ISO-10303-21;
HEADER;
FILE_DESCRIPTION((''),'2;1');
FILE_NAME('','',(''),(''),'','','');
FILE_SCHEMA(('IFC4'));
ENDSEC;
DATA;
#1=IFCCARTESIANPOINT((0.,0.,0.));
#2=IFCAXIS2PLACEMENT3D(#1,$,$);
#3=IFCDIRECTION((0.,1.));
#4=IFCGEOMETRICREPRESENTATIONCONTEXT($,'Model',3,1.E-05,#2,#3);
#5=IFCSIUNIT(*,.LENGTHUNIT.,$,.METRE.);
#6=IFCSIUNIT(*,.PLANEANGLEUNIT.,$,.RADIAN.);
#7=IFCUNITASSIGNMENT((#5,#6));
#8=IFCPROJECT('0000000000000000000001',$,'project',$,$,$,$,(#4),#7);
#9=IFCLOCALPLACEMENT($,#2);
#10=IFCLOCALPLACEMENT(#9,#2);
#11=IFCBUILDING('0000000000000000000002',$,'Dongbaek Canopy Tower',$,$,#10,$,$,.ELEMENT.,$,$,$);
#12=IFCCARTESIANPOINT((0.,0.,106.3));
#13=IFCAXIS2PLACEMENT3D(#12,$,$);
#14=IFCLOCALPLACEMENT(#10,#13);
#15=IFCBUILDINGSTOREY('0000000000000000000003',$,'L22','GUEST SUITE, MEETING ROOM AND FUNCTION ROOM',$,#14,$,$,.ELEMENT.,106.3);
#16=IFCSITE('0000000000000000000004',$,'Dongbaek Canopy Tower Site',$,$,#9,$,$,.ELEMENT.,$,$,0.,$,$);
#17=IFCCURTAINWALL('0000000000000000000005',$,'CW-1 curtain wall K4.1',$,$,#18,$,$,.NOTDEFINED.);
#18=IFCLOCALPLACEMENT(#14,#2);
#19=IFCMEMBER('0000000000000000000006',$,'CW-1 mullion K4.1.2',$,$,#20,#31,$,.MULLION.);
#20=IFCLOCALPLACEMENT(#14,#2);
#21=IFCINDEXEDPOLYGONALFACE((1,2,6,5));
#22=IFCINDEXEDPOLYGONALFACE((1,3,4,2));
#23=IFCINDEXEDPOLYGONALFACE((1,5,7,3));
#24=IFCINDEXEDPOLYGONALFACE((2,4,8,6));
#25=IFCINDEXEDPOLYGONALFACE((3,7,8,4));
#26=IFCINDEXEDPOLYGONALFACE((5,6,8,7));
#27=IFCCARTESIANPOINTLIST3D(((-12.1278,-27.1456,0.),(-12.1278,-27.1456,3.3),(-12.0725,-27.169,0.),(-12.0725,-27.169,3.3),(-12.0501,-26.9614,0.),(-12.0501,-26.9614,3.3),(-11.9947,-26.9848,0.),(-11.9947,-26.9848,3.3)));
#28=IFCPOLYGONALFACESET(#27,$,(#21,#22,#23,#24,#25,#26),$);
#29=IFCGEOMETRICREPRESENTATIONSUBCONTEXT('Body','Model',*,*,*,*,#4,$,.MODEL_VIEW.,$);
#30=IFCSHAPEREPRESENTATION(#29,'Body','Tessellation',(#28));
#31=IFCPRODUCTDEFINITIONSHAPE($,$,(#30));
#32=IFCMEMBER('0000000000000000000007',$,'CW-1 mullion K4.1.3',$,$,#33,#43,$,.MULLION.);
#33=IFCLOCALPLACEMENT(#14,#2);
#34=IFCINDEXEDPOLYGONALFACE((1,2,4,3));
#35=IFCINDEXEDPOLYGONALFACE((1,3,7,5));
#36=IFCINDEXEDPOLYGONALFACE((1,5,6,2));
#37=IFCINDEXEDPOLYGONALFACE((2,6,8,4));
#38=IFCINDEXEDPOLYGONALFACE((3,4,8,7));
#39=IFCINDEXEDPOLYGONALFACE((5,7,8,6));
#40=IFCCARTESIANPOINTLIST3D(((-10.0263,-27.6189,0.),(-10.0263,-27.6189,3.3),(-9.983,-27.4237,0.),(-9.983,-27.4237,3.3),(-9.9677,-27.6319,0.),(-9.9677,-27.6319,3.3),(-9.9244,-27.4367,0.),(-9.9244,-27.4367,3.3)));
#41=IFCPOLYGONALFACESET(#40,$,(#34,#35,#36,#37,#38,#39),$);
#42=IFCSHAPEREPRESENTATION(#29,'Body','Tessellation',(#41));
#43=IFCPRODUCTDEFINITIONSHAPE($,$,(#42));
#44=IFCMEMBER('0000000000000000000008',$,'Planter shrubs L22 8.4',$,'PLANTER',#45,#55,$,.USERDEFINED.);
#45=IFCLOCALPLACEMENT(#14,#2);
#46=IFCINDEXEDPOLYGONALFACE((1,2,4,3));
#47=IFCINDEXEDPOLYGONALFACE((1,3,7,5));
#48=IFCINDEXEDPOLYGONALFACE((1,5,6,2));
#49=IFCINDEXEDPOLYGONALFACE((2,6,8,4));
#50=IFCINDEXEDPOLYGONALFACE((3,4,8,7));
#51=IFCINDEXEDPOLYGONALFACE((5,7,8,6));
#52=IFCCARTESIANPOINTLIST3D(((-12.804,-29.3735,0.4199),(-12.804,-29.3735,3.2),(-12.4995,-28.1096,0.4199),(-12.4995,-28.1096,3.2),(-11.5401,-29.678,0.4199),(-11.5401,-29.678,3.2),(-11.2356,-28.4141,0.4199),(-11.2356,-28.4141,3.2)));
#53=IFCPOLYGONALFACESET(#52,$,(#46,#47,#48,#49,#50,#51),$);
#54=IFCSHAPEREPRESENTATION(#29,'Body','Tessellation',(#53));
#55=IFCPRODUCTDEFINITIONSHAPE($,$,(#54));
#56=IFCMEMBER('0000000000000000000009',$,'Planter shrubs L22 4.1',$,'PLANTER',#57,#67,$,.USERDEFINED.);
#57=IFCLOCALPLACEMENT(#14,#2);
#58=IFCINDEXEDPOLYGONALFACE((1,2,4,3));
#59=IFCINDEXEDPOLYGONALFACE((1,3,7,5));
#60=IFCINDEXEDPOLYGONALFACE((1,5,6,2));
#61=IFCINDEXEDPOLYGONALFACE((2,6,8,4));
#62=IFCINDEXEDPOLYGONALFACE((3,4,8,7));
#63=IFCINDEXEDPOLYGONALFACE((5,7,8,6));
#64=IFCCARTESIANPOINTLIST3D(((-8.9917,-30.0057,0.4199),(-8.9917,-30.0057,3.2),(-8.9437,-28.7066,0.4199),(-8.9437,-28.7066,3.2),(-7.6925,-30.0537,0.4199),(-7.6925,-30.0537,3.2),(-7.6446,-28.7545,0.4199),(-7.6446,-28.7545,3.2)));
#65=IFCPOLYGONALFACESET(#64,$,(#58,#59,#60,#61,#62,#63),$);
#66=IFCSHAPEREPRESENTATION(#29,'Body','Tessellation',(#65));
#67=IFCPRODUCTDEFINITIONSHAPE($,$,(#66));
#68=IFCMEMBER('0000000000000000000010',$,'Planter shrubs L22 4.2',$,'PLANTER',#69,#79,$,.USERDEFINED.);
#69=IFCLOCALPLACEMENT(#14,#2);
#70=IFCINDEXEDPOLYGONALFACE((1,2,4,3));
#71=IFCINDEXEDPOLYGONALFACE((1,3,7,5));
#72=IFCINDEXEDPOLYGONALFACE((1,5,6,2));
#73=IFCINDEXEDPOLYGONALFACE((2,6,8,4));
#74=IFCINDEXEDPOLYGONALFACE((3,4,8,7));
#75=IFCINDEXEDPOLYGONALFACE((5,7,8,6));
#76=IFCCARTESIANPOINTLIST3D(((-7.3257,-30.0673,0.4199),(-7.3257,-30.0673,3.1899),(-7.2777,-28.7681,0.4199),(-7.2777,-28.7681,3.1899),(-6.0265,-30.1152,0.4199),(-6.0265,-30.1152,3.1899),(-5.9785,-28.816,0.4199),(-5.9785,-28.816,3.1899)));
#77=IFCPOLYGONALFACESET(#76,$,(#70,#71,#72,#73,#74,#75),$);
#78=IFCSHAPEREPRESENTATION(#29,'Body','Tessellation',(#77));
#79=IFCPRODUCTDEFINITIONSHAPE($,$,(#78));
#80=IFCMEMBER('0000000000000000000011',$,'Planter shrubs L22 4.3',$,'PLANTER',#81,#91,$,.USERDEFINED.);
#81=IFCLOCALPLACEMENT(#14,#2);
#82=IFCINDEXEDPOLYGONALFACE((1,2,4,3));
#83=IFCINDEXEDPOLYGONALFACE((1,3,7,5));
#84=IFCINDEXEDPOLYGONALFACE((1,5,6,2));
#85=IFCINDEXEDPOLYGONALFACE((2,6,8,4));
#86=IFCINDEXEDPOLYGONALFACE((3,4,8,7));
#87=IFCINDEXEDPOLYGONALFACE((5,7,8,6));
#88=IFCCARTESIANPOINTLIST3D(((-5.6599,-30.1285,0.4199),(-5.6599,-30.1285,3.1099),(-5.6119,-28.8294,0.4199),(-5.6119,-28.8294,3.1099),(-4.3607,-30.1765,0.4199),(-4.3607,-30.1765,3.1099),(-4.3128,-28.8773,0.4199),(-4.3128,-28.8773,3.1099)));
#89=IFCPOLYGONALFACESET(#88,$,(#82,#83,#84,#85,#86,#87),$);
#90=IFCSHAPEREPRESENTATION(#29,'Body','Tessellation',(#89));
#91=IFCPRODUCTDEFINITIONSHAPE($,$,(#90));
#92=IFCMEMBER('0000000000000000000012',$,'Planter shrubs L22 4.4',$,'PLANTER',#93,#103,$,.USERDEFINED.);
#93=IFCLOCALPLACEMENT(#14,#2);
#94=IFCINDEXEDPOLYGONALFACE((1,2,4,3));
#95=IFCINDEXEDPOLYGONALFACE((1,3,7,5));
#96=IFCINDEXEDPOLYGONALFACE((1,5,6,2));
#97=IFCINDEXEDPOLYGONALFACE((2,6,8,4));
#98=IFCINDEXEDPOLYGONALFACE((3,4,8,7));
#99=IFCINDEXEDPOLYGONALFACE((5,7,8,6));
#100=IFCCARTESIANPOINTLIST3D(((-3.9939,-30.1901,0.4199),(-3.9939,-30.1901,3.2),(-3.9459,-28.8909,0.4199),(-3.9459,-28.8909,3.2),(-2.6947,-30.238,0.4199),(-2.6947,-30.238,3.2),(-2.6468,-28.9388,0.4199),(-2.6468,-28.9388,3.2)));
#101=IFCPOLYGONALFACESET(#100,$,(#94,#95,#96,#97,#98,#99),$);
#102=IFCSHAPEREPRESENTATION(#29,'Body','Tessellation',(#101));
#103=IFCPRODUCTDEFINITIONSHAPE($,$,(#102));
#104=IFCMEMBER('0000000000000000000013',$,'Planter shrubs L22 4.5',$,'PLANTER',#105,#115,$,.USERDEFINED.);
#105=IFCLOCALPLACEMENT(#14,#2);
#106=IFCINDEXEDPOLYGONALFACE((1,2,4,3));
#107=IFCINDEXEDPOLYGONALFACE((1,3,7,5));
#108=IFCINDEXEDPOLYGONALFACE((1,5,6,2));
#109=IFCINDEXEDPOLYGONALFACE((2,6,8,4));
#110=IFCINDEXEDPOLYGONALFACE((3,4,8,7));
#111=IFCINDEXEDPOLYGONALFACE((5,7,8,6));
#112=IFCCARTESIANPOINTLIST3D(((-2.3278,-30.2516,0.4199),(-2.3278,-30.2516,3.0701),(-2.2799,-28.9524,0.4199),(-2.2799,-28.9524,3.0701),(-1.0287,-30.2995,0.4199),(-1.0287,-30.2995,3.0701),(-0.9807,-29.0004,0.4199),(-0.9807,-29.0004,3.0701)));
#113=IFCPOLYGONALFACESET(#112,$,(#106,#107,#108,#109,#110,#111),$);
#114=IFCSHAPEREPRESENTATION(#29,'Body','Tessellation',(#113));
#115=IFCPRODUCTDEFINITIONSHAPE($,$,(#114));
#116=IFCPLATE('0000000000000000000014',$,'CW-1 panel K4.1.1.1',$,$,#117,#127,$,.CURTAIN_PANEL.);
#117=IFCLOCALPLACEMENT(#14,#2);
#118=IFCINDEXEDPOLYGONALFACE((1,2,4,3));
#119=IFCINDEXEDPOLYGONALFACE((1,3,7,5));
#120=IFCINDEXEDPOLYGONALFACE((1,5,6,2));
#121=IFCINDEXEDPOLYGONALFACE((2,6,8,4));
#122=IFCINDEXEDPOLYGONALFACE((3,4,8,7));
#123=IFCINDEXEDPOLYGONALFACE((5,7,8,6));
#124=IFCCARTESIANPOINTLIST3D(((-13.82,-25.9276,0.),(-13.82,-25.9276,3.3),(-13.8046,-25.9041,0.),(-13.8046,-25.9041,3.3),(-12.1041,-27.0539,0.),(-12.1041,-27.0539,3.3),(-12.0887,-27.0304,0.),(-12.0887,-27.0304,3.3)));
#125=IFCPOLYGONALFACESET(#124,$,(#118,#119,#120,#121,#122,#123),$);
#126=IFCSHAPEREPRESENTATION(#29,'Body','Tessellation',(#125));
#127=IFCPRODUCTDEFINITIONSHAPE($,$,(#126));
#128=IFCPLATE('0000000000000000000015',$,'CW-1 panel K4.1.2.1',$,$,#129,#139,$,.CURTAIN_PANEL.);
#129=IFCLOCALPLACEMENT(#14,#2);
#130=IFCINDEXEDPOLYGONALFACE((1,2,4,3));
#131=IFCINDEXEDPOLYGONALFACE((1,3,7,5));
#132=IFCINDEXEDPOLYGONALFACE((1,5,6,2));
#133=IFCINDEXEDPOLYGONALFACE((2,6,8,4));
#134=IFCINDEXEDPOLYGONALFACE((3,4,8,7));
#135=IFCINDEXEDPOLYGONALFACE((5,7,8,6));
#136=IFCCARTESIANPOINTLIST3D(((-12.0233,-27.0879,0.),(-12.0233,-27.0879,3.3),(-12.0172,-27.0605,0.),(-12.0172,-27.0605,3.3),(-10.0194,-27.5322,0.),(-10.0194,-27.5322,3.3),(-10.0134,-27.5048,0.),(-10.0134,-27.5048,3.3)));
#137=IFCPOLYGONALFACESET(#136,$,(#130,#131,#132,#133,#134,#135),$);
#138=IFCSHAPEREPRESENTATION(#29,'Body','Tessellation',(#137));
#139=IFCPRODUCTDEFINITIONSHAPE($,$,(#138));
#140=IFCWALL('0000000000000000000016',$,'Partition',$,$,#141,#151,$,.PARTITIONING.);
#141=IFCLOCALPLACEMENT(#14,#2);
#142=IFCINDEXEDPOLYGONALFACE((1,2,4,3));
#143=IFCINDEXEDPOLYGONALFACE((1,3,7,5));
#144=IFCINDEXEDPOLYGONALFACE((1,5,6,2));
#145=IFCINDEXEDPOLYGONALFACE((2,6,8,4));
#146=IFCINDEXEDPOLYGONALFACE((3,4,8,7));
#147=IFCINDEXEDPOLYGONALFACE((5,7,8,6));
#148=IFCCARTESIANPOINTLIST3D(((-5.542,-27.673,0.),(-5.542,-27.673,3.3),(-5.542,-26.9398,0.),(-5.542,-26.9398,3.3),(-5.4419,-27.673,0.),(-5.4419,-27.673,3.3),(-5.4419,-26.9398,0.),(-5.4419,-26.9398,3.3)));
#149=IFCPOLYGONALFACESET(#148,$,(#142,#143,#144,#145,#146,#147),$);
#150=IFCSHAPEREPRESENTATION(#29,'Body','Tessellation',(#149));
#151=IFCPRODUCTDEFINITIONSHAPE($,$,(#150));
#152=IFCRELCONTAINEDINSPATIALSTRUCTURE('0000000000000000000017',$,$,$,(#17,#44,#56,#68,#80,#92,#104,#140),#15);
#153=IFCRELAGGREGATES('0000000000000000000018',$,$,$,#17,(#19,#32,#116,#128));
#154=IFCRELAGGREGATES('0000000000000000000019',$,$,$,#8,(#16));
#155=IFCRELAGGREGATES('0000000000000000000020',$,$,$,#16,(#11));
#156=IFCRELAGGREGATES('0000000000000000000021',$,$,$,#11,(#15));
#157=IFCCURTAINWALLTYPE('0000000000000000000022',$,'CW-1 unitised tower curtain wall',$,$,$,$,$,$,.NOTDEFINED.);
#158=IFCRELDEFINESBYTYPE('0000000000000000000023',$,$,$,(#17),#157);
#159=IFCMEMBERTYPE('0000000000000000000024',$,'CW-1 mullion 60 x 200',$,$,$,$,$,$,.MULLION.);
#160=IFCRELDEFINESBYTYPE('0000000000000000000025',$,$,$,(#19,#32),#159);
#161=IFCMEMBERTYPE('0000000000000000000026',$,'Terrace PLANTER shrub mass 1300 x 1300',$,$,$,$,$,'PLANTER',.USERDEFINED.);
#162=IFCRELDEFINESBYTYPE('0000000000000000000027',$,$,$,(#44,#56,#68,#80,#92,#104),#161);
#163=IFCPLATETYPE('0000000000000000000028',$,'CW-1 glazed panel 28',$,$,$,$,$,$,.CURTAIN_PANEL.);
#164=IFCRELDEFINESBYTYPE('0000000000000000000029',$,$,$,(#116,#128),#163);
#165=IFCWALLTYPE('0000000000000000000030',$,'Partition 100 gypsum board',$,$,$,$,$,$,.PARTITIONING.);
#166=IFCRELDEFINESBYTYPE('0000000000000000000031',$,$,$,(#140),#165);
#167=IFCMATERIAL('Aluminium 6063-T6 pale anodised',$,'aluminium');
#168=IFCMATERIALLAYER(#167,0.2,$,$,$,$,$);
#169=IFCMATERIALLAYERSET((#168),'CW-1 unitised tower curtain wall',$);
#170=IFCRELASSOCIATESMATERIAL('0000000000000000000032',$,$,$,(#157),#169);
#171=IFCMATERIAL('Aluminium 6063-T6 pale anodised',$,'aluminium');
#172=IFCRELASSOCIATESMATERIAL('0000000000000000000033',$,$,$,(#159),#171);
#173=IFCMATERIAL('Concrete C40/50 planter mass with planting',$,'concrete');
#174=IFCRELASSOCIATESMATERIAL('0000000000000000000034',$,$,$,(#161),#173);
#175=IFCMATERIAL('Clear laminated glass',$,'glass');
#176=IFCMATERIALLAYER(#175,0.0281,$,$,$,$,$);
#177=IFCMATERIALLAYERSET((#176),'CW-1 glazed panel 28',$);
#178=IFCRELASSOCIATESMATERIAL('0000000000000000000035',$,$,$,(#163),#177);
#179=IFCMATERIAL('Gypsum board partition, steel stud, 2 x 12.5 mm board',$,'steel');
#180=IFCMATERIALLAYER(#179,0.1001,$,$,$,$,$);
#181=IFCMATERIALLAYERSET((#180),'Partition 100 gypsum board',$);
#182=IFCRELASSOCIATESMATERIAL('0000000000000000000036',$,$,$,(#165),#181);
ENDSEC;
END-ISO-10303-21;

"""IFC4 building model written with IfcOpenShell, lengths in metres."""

from ifc_helpers import new_model, si_unit, direction, frame, frame_2d, origin, origin_2d, place, context, subcontext, project, spatial, rectangle, extrude, material, layer, layer_set, material_profile, profile_set, type_object, element, aggregate, save


model = new_model("IFC4")

# Units and contexts
model_context = context("Model", 3, precision=1e-05, world=origin(), true_north=direction((0.0, 1.0)))
body_context = subcontext(model_context, "Body", "Model", "MODEL_VIEW")
ifc_project = project(units=[si_unit("LENGTHUNIT", "METRE"), si_unit("PLANEANGLEUNIT", "RADIAN")], contexts=[model_context])

# Site, building, storey
site_placement = place(None, origin())
site = spatial("IfcSite", under=ifc_project, at=site_placement, Name="Dongbaek Canopy Tower Site", CompositionType="ELEMENT", RefElevation=0.0)
building_placement = place(site_placement, origin())
building = spatial("IfcBuilding", under=site, at=building_placement, Name="Dongbaek Canopy Tower", CompositionType="ELEMENT")
storey_placement = place(building_placement, frame((0.0, 0.0, 106.3)))
storey = spatial("IfcBuildingStorey", under=building, at=storey_placement, Name="L22", Description="GUEST SUITE, MEETING ROOM AND FUNCTION ROOM", CompositionType="ELEMENT", Elevation=106.3)

# Curtain wall, members
ifc_material_1 = material(Name="Aluminium 6063-T6 pale anodised", Category="aluminium")
ifc_layer_1 = layer(ifc_material_1, 0.2)
ifc_layer_set_1 = layer_set([ifc_layer_1], Name="CW-1 unitised tower curtain wall")
curtain_wall_type = type_object("IfcCurtainWallType", Name="CW-1 unitised tower curtain wall", PredefinedType="NOTDEFINED", material=ifc_layer_set_1)
curtain_wall_placement = place(storey_placement, origin())
curtain_wall = element("IfcCurtainWall", 1, at=curtain_wall_placement, inside=storey, type_object=curtain_wall_type, Name="CW-1 curtain wall K4.1", PredefinedType="NOTDEFINED")
ifc_material_2 = material(Name="Aluminium 6063-T6 pale anodised", Category="aluminium")
ifc_material_profile_1 = material_profile(ifc_material_2, rectangle(XDim=0.2, YDim=0.0601, at=origin_2d()), Name="CW-1 mullion 60 x 200")
ifc_profile_set_1 = profile_set([ifc_material_profile_1], Name="Aluminium 6063-T6 pale anodised")
member_type_1 = type_object("IfcMemberType", Name="CW-1 mullion 60 x 200", PredefinedType="MULLION", material=ifc_profile_set_1)
member_1_placement = place(storey_placement, frame((-12.0613, -27.0652, 0.0), z_axis=(0.0, 0.0, 1.0), x_axis=(-0.388975, -0.921248, 0.0)))
member_1 = element("IfcMember", 2, at=member_1_placement, type_object=member_type_1, Name="CW-1 mullion K4.1.2", PredefinedType="MULLION", context=body_context, shape_type="SweptSolid", body=[
    extrude(rectangle(XDim=0.2, YDim=0.0601, at=origin_2d()), origin(), (0.0, 0.0, 1.0), 3.3),
])
member_2_placement = place(storey_placement, frame((-9.9753, -27.5278, 0.0), z_axis=(0.0, 0.0, 1.0), x_axis=(-0.216472, -0.976289, 0.0)))
member_2 = element("IfcMember", 3, at=member_2_placement, type_object=member_type_1, Name="CW-1 mullion K4.1.3", PredefinedType="MULLION", context=body_context, shape_type="SweptSolid", body=[
    extrude(rectangle(XDim=0.2, YDim=0.0601, at=origin_2d()), origin(), (0.0, 0.0, 1.0), 3.3),
])

# Members
ifc_material_3 = material(Name="Concrete C40/50 planter mass with planting", Category="concrete")
ifc_material_profile_2 = material_profile(ifc_material_3, rectangle(XDim=1.3, YDim=1.3, at=origin_2d()), Name="Terrace PLANTER shrub mass 1300 x 1300")
ifc_profile_set_2 = profile_set([ifc_material_profile_2], Name="Concrete C40/50 planter mass with planting")
member_type_2 = type_object("IfcMemberType", Name="Terrace PLANTER shrub mass 1300 x 1300", ElementType="PLANTER", PredefinedType="USERDEFINED", material=ifc_profile_set_2)
for number, where, z_axis, x_axis, name in (
    (4, (-12.0198, -28.8938, 0.4199), (0.0, 0.0, 1.0), (-0.234243, -0.972178, 0.0), "Planter shrubs L22 8.4"),
    (5, (-8.3181, -29.3801, 0.4199), (0.0, 0.0, 1.0), (-0.036873, -0.99932, 0.0), "Planter shrubs L22 4.1"),
):
    element("IfcMember", number, at=place(storey_placement, frame(where, z_axis=z_axis, x_axis=x_axis)), inside=storey, type_object=member_type_2, Name=name, ObjectType="PLANTER", PredefinedType="USERDEFINED", context=body_context, shape_type="SweptSolid", body=[
        extrude(rectangle(XDim=1.3, YDim=1.3, at=origin_2d()), origin(), (0.0, 0.0, 1.0), 2.78),
    ])
member_3_placement = place(storey_placement, frame((-6.6521, -29.4417, 0.4199), z_axis=(0.0, 0.0, 1.0), x_axis=(-0.036873, -0.99932, 0.0)))
element("IfcMember", 6, at=member_3_placement, inside=storey, type_object=member_type_2, Name="Planter shrubs L22 4.2", ObjectType="PLANTER", PredefinedType="USERDEFINED", context=body_context, shape_type="SweptSolid", body=[
    extrude(rectangle(XDim=1.3, YDim=1.3, at=origin_2d()), origin(), (0.0, 0.0, 1.0), 2.77),
])
member_4_placement = place(storey_placement, frame((-4.9863, -29.5029, 0.4199), z_axis=(0.0, 0.0, 1.0), x_axis=(-0.036873, -0.99932, 0.0)))
element("IfcMember", 7, at=member_4_placement, inside=storey, type_object=member_type_2, Name="Planter shrubs L22 4.3", ObjectType="PLANTER", PredefinedType="USERDEFINED", context=body_context, shape_type="SweptSolid", body=[
    extrude(rectangle(XDim=1.3, YDim=1.3, at=origin_2d()), origin(), (0.0, 0.0, 1.0), 2.6899),
])
member_5_placement = place(storey_placement, frame((-3.3203, -29.5645, 0.4199), z_axis=(0.0, 0.0, 1.0), x_axis=(-0.036873, -0.99932, 0.0)))
element("IfcMember", 8, at=member_5_placement, inside=storey, type_object=member_type_2, Name="Planter shrubs L22 4.4", ObjectType="PLANTER", PredefinedType="USERDEFINED", context=body_context, shape_type="SweptSolid", body=[
    extrude(rectangle(XDim=1.3, YDim=1.3, at=origin_2d()), origin(), (0.0, 0.0, 1.0), 2.78),
])
member_6_placement = place(storey_placement, frame((-1.6543, -29.626, 0.4199), z_axis=(0.0, 0.0, 1.0), x_axis=(-0.036873, -0.99932, 0.0)))
element("IfcMember", 9, at=member_6_placement, inside=storey, type_object=member_type_2, Name="Planter shrubs L22 4.5", ObjectType="PLANTER", PredefinedType="USERDEFINED", context=body_context, shape_type="SweptSolid", body=[
    extrude(rectangle(XDim=1.3, YDim=1.3, at=origin_2d()), origin(), (0.0, 0.0, 1.0), 2.6501),
])

# Plates
ifc_material_4 = material(Name="Clear laminated glass", Category="glass")
ifc_layer_2 = layer(ifc_material_4, 0.0281)
ifc_layer_set_2 = layer_set([ifc_layer_2], Name="CW-1 glazed panel 28")
plate_type = type_object("IfcPlateType", Name="CW-1 glazed panel 28", PredefinedType="CURTAIN_PANEL", material=ifc_layer_set_2)
plate_1_placement = place(storey_placement, frame((-12.9543, -26.479, 0.0), z_axis=(0.0, 0.0, 1.0), x_axis=(0.836004, -0.548724, 0.0)))
plate_1 = element("IfcPlate", 10, at=plate_1_placement, type_object=plate_type, Name="CW-1 panel K4.1.1.1", PredefinedType="CURTAIN_PANEL", context=body_context, shape_type="SweptSolid", body=[
    extrude(rectangle(XDim=2.0525, YDim=0.0281, at=origin_2d()), origin(), (0.0, 0.0, 1.0), 3.3),
])
plate_2_placement = place(storey_placement, frame((-11.0183, -27.2964, 0.0), z_axis=(0.0, 0.0, 1.0), x_axis=(0.976289, -0.216472, 0.0)))
plate_2 = element("IfcPlate", 11, at=plate_2_placement, type_object=plate_type, Name="CW-1 panel K4.1.2.1", PredefinedType="CURTAIN_PANEL", context=body_context, shape_type="SweptSolid", body=[
    extrude(rectangle(XDim=2.0525, YDim=0.0281, at=origin_2d()), origin(), (0.0, 0.0, 1.0), 3.3),
])
aggregate(curtain_wall, [member_1, member_2, plate_1, plate_2])

# Wall
ifc_material_5 = material(Name="Gypsum board partition, steel stud, 2 x 12.5 mm board", Category="steel")
ifc_layer_3 = layer(ifc_material_5, 0.1001)
ifc_layer_set_3 = layer_set([ifc_layer_3], Name="Partition 100 gypsum board")
wall_type_1 = type_object("IfcWallType", Name="Partition 100 gypsum board", PredefinedType="PARTITIONING", material=ifc_layer_set_3)
wall_1_placement = place(storey_placement, frame((-5.4919, -27.6731, 0.0), z_axis=(0.0, 0.0, 1.0), x_axis=(0.0, 1.0, 0.0)))
element("IfcWall", 12, at=wall_1_placement, inside=storey, type_object=wall_type_1, Name="Partition", PredefinedType="PARTITIONING", context=body_context, shape_type="SweptSolid", body=[
    extrude(rectangle(XDim=0.7332, YDim=0.1001, at=frame_2d((0.3667, 0.0))), origin(), (0.0, 0.0, 1.0), 3.3),
])

save(model, "model.ifc")
